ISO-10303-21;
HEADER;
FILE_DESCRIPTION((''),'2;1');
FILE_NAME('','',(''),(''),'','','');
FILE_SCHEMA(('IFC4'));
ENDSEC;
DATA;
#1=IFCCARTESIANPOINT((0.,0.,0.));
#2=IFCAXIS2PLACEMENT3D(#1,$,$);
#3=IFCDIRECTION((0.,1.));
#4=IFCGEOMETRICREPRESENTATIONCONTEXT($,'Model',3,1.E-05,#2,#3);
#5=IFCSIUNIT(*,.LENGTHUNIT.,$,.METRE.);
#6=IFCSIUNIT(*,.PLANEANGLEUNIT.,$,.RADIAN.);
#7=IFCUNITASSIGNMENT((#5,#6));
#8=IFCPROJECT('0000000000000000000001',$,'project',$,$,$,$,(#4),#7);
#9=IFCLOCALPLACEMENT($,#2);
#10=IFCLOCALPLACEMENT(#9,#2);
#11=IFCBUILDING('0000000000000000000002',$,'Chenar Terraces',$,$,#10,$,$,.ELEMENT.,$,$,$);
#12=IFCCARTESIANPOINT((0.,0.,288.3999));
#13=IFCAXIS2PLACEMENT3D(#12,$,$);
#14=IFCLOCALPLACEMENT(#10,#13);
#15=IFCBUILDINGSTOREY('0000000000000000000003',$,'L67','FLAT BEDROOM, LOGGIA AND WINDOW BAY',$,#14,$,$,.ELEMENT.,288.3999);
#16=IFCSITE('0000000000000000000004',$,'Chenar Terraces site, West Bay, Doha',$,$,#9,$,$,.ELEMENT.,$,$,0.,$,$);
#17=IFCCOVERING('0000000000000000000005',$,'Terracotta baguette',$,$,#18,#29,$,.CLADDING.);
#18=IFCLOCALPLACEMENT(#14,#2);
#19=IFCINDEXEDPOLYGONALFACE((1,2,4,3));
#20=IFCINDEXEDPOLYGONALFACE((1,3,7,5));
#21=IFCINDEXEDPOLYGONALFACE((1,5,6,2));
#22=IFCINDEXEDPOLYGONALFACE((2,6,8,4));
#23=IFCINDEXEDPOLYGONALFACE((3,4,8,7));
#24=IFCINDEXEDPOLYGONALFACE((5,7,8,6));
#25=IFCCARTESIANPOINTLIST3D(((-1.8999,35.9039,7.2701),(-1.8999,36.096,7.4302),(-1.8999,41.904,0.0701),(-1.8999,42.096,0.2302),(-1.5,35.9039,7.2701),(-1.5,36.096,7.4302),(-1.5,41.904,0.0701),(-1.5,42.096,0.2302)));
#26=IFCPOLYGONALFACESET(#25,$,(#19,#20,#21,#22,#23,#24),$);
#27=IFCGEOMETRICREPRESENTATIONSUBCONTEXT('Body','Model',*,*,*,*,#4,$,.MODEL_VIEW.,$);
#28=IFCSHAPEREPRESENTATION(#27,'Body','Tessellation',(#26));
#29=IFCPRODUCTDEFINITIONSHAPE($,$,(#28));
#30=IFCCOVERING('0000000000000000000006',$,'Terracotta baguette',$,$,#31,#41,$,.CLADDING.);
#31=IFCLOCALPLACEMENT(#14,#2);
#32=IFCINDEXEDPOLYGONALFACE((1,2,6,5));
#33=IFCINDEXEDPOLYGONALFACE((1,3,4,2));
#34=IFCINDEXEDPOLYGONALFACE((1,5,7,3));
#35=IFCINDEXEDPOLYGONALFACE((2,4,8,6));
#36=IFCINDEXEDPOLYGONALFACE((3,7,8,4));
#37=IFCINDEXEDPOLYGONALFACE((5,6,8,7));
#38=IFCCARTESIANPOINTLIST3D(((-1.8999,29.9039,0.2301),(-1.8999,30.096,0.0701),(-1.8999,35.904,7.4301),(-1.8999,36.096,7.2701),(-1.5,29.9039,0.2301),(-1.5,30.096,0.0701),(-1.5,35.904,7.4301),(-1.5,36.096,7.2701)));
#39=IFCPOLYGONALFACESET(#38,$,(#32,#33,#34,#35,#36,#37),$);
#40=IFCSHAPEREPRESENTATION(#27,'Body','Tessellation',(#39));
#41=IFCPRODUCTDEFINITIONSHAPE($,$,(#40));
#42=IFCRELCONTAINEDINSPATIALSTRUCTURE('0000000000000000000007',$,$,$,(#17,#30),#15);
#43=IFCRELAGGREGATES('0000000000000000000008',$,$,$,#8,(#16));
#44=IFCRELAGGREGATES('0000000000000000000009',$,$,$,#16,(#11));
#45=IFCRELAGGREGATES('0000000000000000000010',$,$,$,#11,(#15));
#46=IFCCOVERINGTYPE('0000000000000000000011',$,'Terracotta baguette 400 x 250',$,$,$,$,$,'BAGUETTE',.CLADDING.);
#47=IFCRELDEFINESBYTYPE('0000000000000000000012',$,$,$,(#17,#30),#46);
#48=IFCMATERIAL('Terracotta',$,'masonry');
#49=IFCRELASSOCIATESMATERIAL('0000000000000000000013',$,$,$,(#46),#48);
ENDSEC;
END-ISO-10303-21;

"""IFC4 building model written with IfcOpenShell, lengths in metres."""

from ifc_helpers import new_model, si_unit, direction, frame, origin, origin_2d, place, context, subcontext, project, spatial, rectangle, extrude, material, material_profile, profile_set, type_object, element, save


model = new_model("IFC4")

# Units and contexts
model_context = context("Model", 3, precision=1e-05, world=origin(), true_north=direction((0.0, 1.0)))
body_context = subcontext(model_context, "Body", "Model", "MODEL_VIEW")
ifc_project = project(units=[si_unit("LENGTHUNIT", "METRE"), si_unit("PLANEANGLEUNIT", "RADIAN")], contexts=[model_context])

# Site, building, storey
site_placement = place(None, origin())
site = spatial("IfcSite", under=ifc_project, at=site_placement, Name="Chenar Terraces site, West Bay, Doha", CompositionType="ELEMENT", RefElevation=0.0)
building_placement = place(site_placement, origin())
building = spatial("IfcBuilding", under=site, at=building_placement, Name="Chenar Terraces", CompositionType="ELEMENT")
storey_placement = place(building_placement, frame((0.0, 0.0, 288.3999)))
storey = spatial("IfcBuildingStorey", under=building, at=storey_placement, Name="L67", Description="FLAT BEDROOM, LOGGIA AND WINDOW BAY", CompositionType="ELEMENT", Elevation=288.3999)

# Coverings
ifc_material_1 = material(Name="Terracotta", Category="masonry")
ifc_material_profile_1 = material_profile(ifc_material_1, rectangle(XDim=0.3999, YDim=0.25, at=origin_2d()), Name="Terracotta baguette 400 x 250")
ifc_profile_set_1 = profile_set([ifc_material_profile_1], Name="Terracotta")
covering_type = type_object("IfcCoveringType", Name="Terracotta baguette 400 x 250", ElementType="BAGUETTE", PredefinedType="CLADDING", material=ifc_profile_set_1)
for number, where, z_axis, x_axis, name in (
    (1, (-1.7, 42.0, 0.1501), (0.0, -0.640187, 0.768219), (1.0, 0.0, 0.0), "Terracotta baguette"),
    (2, (-1.7, 36.0, 7.3501), (0.0, -0.640187, -0.768219), (1.0, 0.0, 0.0), "Terracotta baguette"),
):
    element("IfcCovering", number, at=place(storey_placement, frame(where, z_axis=z_axis, x_axis=x_axis)), inside=storey, type_object=covering_type, Name=name, PredefinedType="CLADDING", context=body_context, shape_type="SweptSolid", body=[
        extrude(rectangle(XDim=0.3999, YDim=0.25, at=origin_2d()), origin(), (0.0, 0.0, 1.0), 9.3723),
    ])

save(model, "model.ifc")
